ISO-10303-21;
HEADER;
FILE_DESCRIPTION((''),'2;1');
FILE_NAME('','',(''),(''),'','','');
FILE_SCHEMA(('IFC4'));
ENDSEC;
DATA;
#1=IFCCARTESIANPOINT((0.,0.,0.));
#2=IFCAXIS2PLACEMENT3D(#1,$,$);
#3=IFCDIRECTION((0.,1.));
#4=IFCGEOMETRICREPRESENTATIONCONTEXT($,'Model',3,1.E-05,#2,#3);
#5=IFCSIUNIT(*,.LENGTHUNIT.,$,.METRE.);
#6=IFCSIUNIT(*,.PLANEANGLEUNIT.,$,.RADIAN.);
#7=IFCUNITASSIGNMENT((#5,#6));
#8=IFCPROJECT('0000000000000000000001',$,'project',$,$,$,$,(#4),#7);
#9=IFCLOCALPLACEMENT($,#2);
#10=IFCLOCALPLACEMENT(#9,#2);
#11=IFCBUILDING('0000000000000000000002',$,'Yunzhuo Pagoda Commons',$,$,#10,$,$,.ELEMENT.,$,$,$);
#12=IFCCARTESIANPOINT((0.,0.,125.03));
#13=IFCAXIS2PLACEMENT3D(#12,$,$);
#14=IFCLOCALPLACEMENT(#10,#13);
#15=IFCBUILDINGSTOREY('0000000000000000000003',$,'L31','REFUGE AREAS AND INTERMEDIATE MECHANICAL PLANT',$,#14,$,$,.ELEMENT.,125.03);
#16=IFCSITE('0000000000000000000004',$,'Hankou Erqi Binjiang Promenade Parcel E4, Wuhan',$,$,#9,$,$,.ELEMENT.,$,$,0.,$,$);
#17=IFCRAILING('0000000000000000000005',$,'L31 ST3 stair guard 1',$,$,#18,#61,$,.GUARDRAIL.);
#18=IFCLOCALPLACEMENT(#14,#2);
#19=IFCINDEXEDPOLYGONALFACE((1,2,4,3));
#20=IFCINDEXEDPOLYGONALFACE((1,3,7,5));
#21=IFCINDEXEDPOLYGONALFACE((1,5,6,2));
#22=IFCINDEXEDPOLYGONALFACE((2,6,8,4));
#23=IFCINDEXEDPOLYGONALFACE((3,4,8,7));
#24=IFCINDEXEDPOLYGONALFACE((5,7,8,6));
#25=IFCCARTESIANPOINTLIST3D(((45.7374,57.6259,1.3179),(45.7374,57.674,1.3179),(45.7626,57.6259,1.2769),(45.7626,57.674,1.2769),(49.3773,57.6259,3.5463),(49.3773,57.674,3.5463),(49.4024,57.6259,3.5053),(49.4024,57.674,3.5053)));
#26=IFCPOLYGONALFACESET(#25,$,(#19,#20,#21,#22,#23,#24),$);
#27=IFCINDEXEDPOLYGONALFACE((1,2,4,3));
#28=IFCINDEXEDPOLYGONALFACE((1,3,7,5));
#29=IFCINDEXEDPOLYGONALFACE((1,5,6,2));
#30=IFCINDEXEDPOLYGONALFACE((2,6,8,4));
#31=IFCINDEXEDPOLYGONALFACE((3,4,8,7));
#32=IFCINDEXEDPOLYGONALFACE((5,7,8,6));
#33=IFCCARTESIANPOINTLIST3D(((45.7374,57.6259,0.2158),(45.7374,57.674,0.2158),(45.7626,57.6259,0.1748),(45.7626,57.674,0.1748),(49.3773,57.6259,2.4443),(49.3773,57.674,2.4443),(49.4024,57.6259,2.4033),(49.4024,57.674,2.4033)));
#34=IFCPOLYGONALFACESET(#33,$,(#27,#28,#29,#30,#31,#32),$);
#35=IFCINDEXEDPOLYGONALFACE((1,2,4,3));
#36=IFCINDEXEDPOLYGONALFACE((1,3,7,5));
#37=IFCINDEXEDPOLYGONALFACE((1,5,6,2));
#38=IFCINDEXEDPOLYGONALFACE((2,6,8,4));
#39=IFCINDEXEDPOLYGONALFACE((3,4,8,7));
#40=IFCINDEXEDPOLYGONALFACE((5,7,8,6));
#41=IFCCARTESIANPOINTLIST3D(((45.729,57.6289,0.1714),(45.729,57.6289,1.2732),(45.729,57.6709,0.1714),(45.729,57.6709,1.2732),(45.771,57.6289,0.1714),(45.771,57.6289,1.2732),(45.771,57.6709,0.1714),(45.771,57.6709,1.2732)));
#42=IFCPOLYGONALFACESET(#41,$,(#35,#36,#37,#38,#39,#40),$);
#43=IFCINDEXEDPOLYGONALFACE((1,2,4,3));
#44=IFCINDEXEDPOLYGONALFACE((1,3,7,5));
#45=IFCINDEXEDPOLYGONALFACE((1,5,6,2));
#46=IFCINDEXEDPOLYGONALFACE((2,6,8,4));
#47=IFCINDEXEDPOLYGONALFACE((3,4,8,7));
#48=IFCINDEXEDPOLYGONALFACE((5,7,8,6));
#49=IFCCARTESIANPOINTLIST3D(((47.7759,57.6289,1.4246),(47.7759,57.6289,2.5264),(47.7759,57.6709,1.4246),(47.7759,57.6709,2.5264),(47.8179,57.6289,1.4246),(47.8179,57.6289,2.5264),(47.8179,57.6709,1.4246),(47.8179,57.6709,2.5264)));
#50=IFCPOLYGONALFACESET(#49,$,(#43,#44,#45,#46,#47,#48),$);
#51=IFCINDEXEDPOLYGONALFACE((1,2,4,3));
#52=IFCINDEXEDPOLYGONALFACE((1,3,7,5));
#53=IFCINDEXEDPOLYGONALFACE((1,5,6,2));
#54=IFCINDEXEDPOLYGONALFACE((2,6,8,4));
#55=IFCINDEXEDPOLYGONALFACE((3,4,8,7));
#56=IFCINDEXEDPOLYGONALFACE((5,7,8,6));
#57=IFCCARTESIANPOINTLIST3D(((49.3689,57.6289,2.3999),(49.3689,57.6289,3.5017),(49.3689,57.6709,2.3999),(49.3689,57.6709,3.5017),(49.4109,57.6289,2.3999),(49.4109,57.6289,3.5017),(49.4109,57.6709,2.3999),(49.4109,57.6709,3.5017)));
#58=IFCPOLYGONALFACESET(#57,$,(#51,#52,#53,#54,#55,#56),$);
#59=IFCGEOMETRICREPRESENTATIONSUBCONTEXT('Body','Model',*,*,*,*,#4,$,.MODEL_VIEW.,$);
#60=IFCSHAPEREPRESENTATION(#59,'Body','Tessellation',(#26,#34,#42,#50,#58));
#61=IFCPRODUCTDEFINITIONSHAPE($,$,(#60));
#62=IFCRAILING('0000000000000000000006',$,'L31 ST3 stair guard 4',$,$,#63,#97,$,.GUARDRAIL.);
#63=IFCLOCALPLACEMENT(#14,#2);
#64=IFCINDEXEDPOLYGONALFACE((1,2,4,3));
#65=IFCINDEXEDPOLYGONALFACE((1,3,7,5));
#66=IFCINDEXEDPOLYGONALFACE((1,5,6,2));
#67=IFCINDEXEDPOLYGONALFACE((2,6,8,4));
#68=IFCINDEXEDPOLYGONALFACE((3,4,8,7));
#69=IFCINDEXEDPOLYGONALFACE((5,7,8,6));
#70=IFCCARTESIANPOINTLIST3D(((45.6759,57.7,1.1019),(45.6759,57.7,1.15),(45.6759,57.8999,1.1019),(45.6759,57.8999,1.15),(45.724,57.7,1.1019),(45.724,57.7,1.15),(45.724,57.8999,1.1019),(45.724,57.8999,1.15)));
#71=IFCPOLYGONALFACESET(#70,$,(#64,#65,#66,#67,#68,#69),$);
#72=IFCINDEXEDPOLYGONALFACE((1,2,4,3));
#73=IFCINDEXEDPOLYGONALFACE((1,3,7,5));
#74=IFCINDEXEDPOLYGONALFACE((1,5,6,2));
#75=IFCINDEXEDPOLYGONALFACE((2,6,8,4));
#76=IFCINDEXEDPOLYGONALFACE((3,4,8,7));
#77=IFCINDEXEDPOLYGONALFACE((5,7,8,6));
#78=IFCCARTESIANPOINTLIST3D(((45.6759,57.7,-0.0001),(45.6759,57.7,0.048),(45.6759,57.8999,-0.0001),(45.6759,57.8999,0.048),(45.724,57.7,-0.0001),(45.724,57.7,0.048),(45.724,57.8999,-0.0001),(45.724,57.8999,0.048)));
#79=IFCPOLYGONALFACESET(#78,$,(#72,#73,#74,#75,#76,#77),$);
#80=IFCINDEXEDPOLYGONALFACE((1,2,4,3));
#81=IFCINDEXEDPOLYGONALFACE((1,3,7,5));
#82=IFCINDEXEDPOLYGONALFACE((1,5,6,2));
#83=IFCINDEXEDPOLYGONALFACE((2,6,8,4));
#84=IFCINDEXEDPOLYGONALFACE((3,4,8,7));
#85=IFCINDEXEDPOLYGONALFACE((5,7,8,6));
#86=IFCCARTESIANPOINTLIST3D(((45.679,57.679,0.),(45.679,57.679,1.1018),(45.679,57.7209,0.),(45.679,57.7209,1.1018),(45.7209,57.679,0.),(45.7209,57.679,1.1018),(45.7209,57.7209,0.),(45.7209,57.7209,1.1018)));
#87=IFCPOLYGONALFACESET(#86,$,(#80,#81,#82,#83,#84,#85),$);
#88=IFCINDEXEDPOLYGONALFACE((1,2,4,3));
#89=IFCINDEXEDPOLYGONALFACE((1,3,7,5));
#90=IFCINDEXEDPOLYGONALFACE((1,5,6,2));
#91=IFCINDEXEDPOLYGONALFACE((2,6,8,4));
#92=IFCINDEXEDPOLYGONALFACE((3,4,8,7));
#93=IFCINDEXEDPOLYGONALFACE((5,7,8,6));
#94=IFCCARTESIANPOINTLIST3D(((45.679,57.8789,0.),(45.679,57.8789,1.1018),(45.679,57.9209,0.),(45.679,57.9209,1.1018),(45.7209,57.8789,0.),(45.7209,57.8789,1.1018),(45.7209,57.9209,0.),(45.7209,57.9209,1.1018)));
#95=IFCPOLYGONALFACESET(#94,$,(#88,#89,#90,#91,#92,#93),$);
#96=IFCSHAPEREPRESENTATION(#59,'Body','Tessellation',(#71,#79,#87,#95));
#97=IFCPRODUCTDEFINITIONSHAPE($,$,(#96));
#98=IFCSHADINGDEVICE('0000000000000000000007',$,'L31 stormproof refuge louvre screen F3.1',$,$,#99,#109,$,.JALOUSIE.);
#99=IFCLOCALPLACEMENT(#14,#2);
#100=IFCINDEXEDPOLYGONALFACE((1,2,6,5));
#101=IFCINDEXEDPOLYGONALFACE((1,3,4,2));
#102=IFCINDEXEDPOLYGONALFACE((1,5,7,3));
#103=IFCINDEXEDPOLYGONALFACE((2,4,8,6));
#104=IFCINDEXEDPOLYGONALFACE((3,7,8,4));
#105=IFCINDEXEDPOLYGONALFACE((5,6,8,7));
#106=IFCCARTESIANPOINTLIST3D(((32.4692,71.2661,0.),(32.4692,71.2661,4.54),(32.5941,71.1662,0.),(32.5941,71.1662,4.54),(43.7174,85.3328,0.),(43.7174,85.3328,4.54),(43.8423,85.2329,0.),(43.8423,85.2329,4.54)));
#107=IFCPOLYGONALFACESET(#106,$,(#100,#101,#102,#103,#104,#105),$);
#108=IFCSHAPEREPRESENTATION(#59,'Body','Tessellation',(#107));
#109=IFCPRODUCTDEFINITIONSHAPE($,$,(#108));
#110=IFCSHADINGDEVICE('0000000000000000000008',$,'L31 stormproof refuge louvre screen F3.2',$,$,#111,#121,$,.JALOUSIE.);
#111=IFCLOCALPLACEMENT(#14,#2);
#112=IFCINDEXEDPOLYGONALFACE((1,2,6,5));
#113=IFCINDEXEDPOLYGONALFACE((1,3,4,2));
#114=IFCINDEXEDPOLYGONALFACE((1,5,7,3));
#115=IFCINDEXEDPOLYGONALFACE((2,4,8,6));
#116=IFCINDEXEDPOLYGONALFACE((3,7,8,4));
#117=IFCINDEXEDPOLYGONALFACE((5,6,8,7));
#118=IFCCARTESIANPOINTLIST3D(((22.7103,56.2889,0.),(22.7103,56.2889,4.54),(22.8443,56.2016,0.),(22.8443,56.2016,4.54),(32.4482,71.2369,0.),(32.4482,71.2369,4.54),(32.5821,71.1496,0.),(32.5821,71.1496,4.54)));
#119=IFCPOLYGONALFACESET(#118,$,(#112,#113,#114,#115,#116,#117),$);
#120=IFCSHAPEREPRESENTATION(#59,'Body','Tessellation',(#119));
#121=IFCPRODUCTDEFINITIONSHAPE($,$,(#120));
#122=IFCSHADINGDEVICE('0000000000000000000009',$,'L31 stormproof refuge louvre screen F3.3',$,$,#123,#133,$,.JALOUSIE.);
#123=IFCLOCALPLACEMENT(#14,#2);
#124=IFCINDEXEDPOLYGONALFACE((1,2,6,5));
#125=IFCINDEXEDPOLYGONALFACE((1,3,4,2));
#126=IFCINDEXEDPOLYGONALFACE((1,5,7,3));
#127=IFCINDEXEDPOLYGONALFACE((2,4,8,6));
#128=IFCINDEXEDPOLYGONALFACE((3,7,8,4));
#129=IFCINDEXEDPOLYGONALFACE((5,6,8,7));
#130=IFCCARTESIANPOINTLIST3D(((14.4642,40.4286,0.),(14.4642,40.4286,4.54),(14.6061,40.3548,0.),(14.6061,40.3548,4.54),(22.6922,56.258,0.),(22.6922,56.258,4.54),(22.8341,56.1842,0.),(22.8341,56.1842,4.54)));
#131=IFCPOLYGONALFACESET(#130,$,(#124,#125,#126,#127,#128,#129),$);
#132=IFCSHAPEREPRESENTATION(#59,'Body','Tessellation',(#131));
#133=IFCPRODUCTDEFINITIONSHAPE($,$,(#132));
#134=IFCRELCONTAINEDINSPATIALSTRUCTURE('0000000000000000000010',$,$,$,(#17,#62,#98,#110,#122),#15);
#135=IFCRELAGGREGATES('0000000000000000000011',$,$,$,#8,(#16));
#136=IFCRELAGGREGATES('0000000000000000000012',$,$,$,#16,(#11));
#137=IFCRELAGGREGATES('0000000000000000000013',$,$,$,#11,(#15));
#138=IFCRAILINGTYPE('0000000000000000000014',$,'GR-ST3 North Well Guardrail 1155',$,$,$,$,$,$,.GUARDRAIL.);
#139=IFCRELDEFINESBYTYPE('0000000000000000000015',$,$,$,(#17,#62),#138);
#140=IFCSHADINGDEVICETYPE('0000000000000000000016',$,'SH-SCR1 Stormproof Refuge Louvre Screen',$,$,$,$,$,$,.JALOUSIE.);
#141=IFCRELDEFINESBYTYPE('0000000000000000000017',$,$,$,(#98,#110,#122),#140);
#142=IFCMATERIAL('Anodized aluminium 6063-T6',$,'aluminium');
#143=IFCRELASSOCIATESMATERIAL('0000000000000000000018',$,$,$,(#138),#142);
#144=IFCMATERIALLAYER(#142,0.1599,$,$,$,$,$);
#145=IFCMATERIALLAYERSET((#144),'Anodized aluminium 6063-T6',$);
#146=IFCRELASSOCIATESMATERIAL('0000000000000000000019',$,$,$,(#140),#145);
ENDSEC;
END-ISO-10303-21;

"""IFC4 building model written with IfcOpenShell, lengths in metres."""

from ifc_helpers import new_model, si_unit, direction, frame, origin, origin_2d, place, context, subcontext, project, spatial, rectangle, extrude, source, transform, mapped, material, layer, layer_set, type_object, element, save


model = new_model("IFC4")

# Units and contexts
model_context = context("Model", 3, precision=1e-05, world=origin(), true_north=direction((0.0, 1.0)))
body_context = subcontext(model_context, "Body", "Model", "MODEL_VIEW")
ifc_project = project(units=[si_unit("LENGTHUNIT", "METRE"), si_unit("PLANEANGLEUNIT", "RADIAN")], contexts=[model_context])

# Site, building, storey
site_placement = place(None, origin())
site = spatial("IfcSite", under=ifc_project, at=site_placement, Name="Hankou Erqi Binjiang Promenade Parcel E4, Wuhan", CompositionType="ELEMENT", RefElevation=0.0)
building_placement = place(site_placement, origin())
building = spatial("IfcBuilding", under=site, at=building_placement, Name="Yunzhuo Pagoda Commons", CompositionType="ELEMENT")
storey_placement = place(building_placement, frame((0.0, 0.0, 125.03)))
storey = spatial("IfcBuildingStorey", under=building, at=storey_placement, Name="L31", Description="REFUGE AREAS AND INTERMEDIATE MECHANICAL PLANT", CompositionType="ELEMENT", Elevation=125.03)

# Railings
ifc_material_1 = material(Name="Anodized aluminium 6063-T6", Category="aluminium")
railing_type = type_object("IfcRailingType", Name="GR-ST3 North Well Guardrail 1155", PredefinedType="GUARDRAIL", material=ifc_material_1)
railing_1_placement = place(storey_placement, frame((45.75, 57.6499, 0.1714)))
element("IfcRailing", 1, at=railing_1_placement, inside=storey, type_object=railing_type, Name="L31 ST3 stair guard 1", PredefinedType="GUARDRAIL", context=body_context, shape_type="SweptSolid", body=[
    extrude(rectangle(XDim=0.0481, YDim=0.0481, at=origin_2d()), frame((0.0, 0.0, 1.126), z_axis=(0.85285, 0.0, 0.522156), x_axis=(0.0, 1.0, 0.0)), (0.0, 0.0, 1.0), 4.2678),
    extrude(rectangle(XDim=0.0481, YDim=0.0481, at=origin_2d()), frame((0.0, 0.0, 0.0239), z_axis=(0.85285, 0.0, 0.522156), x_axis=(0.0, 1.0, 0.0)), (0.0, 0.0, 1.0), 4.2678),
    extrude(rectangle(XDim=0.042, YDim=0.042, at=origin_2d()), origin(), (0.0, 0.0, 1.0), 1.1018),
    extrude(rectangle(XDim=0.042, YDim=0.042, at=origin_2d()), frame((2.0469, 0.0, 1.2532)), (0.0, 0.0, 1.0), 1.1018),
    extrude(rectangle(XDim=0.042, YDim=0.042, at=origin_2d()), frame((3.6399, 0.0, 2.2285)), (0.0, 0.0, 1.0), 1.1018),
])
railing_2_placement = place(storey_placement, frame((45.7, 57.7, 0.0)))
element("IfcRailing", 2, at=railing_2_placement, inside=storey, type_object=railing_type, Name="L31 ST3 stair guard 4", PredefinedType="GUARDRAIL", context=body_context, shape_type="SweptSolid", body=[
    extrude(rectangle(XDim=0.0481, YDim=0.0481, at=origin_2d()), frame((0.0, 0.0, 1.126), z_axis=(0.0, 1.0, 0.0), x_axis=(-1.0, 0.0, 0.0)), (0.0, 0.0, 1.0), 0.2),
    extrude(rectangle(XDim=0.0481, YDim=0.0481, at=origin_2d()), frame((0.0, 0.0, 0.0239), z_axis=(0.0, 1.0, 0.0), x_axis=(-1.0, 0.0, 0.0)), (0.0, 0.0, 1.0), 0.2),
    extrude(rectangle(XDim=0.042, YDim=0.042, at=origin_2d()), origin(), (0.0, 0.0, 1.0), 1.1018),
    extrude(rectangle(XDim=0.042, YDim=0.042, at=origin_2d()), frame((0.0, 0.2, 0.0)), (0.0, 0.0, 1.0), 1.1018),
])

# Shading devices
ifc_layer_1 = layer(ifc_material_1, 0.1599)
ifc_layer_set_1 = layer_set([ifc_layer_1], Name="Anodized aluminium 6063-T6")
shading_device_type = type_object("IfcShadingDeviceType", Name="SH-SCR1 Stormproof Refuge Louvre Screen", PredefinedType="JALOUSIE", material=ifc_layer_set_1)
shared_shape_1 = source(origin(), body_context, "Body", "SweptSolid", [
    extrude(rectangle(XDim=18.011, YDim=0.1599, at=origin_2d()), origin(), (0.0, 0.0, 1.0), 4.54),
])
shading_device_placement = place(storey_placement, frame((38.1558, 78.2495, 0.0), z_axis=(0.0, 0.0, 1.0), x_axis=(-0.62452, -0.781008, 0.0)))
element("IfcShadingDevice", 3, at=shading_device_placement, inside=storey, type_object=shading_device_type, Name="L31 stormproof refuge louvre screen F3.1", PredefinedType="JALOUSIE", context=body_context, shape_type="MappedRepresentation", body=[
    mapped(shared_shape_1, transform((0.0, 0.0, 0.0), scale=1.0)),
])
shared_shape_2 = source(origin(), body_context, "Body", "SweptSolid", [
    extrude(rectangle(XDim=17.8401, YDim=0.1599, at=origin_2d()), origin(), (0.0, 0.0, 1.0), 4.54),
])
for number, where, z_axis, x_axis, name in (
    (4, (27.6462, 63.7192, 0.0), (0.0, 0.0, 1.0), (-0.545839, -0.83789, 0.0), "L31 stormproof refuge louvre screen F3.2"),
    (5, (18.6492, 48.3064, 0.0), (0.0, 0.0, 1.0), (-0.461207, -0.887293, 0.0), "L31 stormproof refuge louvre screen F3.3"),
):
    element("IfcShadingDevice", number, at=place(storey_placement, frame(where, z_axis=z_axis, x_axis=x_axis)), inside=storey, type_object=shading_device_type, Name=name, PredefinedType="JALOUSIE", context=body_context, shape_type="MappedRepresentation", body=[
        mapped(shared_shape_2, transform((0.0, 0.0, 0.0), scale=1.0)),
    ])

save(model, "model.ifc")
